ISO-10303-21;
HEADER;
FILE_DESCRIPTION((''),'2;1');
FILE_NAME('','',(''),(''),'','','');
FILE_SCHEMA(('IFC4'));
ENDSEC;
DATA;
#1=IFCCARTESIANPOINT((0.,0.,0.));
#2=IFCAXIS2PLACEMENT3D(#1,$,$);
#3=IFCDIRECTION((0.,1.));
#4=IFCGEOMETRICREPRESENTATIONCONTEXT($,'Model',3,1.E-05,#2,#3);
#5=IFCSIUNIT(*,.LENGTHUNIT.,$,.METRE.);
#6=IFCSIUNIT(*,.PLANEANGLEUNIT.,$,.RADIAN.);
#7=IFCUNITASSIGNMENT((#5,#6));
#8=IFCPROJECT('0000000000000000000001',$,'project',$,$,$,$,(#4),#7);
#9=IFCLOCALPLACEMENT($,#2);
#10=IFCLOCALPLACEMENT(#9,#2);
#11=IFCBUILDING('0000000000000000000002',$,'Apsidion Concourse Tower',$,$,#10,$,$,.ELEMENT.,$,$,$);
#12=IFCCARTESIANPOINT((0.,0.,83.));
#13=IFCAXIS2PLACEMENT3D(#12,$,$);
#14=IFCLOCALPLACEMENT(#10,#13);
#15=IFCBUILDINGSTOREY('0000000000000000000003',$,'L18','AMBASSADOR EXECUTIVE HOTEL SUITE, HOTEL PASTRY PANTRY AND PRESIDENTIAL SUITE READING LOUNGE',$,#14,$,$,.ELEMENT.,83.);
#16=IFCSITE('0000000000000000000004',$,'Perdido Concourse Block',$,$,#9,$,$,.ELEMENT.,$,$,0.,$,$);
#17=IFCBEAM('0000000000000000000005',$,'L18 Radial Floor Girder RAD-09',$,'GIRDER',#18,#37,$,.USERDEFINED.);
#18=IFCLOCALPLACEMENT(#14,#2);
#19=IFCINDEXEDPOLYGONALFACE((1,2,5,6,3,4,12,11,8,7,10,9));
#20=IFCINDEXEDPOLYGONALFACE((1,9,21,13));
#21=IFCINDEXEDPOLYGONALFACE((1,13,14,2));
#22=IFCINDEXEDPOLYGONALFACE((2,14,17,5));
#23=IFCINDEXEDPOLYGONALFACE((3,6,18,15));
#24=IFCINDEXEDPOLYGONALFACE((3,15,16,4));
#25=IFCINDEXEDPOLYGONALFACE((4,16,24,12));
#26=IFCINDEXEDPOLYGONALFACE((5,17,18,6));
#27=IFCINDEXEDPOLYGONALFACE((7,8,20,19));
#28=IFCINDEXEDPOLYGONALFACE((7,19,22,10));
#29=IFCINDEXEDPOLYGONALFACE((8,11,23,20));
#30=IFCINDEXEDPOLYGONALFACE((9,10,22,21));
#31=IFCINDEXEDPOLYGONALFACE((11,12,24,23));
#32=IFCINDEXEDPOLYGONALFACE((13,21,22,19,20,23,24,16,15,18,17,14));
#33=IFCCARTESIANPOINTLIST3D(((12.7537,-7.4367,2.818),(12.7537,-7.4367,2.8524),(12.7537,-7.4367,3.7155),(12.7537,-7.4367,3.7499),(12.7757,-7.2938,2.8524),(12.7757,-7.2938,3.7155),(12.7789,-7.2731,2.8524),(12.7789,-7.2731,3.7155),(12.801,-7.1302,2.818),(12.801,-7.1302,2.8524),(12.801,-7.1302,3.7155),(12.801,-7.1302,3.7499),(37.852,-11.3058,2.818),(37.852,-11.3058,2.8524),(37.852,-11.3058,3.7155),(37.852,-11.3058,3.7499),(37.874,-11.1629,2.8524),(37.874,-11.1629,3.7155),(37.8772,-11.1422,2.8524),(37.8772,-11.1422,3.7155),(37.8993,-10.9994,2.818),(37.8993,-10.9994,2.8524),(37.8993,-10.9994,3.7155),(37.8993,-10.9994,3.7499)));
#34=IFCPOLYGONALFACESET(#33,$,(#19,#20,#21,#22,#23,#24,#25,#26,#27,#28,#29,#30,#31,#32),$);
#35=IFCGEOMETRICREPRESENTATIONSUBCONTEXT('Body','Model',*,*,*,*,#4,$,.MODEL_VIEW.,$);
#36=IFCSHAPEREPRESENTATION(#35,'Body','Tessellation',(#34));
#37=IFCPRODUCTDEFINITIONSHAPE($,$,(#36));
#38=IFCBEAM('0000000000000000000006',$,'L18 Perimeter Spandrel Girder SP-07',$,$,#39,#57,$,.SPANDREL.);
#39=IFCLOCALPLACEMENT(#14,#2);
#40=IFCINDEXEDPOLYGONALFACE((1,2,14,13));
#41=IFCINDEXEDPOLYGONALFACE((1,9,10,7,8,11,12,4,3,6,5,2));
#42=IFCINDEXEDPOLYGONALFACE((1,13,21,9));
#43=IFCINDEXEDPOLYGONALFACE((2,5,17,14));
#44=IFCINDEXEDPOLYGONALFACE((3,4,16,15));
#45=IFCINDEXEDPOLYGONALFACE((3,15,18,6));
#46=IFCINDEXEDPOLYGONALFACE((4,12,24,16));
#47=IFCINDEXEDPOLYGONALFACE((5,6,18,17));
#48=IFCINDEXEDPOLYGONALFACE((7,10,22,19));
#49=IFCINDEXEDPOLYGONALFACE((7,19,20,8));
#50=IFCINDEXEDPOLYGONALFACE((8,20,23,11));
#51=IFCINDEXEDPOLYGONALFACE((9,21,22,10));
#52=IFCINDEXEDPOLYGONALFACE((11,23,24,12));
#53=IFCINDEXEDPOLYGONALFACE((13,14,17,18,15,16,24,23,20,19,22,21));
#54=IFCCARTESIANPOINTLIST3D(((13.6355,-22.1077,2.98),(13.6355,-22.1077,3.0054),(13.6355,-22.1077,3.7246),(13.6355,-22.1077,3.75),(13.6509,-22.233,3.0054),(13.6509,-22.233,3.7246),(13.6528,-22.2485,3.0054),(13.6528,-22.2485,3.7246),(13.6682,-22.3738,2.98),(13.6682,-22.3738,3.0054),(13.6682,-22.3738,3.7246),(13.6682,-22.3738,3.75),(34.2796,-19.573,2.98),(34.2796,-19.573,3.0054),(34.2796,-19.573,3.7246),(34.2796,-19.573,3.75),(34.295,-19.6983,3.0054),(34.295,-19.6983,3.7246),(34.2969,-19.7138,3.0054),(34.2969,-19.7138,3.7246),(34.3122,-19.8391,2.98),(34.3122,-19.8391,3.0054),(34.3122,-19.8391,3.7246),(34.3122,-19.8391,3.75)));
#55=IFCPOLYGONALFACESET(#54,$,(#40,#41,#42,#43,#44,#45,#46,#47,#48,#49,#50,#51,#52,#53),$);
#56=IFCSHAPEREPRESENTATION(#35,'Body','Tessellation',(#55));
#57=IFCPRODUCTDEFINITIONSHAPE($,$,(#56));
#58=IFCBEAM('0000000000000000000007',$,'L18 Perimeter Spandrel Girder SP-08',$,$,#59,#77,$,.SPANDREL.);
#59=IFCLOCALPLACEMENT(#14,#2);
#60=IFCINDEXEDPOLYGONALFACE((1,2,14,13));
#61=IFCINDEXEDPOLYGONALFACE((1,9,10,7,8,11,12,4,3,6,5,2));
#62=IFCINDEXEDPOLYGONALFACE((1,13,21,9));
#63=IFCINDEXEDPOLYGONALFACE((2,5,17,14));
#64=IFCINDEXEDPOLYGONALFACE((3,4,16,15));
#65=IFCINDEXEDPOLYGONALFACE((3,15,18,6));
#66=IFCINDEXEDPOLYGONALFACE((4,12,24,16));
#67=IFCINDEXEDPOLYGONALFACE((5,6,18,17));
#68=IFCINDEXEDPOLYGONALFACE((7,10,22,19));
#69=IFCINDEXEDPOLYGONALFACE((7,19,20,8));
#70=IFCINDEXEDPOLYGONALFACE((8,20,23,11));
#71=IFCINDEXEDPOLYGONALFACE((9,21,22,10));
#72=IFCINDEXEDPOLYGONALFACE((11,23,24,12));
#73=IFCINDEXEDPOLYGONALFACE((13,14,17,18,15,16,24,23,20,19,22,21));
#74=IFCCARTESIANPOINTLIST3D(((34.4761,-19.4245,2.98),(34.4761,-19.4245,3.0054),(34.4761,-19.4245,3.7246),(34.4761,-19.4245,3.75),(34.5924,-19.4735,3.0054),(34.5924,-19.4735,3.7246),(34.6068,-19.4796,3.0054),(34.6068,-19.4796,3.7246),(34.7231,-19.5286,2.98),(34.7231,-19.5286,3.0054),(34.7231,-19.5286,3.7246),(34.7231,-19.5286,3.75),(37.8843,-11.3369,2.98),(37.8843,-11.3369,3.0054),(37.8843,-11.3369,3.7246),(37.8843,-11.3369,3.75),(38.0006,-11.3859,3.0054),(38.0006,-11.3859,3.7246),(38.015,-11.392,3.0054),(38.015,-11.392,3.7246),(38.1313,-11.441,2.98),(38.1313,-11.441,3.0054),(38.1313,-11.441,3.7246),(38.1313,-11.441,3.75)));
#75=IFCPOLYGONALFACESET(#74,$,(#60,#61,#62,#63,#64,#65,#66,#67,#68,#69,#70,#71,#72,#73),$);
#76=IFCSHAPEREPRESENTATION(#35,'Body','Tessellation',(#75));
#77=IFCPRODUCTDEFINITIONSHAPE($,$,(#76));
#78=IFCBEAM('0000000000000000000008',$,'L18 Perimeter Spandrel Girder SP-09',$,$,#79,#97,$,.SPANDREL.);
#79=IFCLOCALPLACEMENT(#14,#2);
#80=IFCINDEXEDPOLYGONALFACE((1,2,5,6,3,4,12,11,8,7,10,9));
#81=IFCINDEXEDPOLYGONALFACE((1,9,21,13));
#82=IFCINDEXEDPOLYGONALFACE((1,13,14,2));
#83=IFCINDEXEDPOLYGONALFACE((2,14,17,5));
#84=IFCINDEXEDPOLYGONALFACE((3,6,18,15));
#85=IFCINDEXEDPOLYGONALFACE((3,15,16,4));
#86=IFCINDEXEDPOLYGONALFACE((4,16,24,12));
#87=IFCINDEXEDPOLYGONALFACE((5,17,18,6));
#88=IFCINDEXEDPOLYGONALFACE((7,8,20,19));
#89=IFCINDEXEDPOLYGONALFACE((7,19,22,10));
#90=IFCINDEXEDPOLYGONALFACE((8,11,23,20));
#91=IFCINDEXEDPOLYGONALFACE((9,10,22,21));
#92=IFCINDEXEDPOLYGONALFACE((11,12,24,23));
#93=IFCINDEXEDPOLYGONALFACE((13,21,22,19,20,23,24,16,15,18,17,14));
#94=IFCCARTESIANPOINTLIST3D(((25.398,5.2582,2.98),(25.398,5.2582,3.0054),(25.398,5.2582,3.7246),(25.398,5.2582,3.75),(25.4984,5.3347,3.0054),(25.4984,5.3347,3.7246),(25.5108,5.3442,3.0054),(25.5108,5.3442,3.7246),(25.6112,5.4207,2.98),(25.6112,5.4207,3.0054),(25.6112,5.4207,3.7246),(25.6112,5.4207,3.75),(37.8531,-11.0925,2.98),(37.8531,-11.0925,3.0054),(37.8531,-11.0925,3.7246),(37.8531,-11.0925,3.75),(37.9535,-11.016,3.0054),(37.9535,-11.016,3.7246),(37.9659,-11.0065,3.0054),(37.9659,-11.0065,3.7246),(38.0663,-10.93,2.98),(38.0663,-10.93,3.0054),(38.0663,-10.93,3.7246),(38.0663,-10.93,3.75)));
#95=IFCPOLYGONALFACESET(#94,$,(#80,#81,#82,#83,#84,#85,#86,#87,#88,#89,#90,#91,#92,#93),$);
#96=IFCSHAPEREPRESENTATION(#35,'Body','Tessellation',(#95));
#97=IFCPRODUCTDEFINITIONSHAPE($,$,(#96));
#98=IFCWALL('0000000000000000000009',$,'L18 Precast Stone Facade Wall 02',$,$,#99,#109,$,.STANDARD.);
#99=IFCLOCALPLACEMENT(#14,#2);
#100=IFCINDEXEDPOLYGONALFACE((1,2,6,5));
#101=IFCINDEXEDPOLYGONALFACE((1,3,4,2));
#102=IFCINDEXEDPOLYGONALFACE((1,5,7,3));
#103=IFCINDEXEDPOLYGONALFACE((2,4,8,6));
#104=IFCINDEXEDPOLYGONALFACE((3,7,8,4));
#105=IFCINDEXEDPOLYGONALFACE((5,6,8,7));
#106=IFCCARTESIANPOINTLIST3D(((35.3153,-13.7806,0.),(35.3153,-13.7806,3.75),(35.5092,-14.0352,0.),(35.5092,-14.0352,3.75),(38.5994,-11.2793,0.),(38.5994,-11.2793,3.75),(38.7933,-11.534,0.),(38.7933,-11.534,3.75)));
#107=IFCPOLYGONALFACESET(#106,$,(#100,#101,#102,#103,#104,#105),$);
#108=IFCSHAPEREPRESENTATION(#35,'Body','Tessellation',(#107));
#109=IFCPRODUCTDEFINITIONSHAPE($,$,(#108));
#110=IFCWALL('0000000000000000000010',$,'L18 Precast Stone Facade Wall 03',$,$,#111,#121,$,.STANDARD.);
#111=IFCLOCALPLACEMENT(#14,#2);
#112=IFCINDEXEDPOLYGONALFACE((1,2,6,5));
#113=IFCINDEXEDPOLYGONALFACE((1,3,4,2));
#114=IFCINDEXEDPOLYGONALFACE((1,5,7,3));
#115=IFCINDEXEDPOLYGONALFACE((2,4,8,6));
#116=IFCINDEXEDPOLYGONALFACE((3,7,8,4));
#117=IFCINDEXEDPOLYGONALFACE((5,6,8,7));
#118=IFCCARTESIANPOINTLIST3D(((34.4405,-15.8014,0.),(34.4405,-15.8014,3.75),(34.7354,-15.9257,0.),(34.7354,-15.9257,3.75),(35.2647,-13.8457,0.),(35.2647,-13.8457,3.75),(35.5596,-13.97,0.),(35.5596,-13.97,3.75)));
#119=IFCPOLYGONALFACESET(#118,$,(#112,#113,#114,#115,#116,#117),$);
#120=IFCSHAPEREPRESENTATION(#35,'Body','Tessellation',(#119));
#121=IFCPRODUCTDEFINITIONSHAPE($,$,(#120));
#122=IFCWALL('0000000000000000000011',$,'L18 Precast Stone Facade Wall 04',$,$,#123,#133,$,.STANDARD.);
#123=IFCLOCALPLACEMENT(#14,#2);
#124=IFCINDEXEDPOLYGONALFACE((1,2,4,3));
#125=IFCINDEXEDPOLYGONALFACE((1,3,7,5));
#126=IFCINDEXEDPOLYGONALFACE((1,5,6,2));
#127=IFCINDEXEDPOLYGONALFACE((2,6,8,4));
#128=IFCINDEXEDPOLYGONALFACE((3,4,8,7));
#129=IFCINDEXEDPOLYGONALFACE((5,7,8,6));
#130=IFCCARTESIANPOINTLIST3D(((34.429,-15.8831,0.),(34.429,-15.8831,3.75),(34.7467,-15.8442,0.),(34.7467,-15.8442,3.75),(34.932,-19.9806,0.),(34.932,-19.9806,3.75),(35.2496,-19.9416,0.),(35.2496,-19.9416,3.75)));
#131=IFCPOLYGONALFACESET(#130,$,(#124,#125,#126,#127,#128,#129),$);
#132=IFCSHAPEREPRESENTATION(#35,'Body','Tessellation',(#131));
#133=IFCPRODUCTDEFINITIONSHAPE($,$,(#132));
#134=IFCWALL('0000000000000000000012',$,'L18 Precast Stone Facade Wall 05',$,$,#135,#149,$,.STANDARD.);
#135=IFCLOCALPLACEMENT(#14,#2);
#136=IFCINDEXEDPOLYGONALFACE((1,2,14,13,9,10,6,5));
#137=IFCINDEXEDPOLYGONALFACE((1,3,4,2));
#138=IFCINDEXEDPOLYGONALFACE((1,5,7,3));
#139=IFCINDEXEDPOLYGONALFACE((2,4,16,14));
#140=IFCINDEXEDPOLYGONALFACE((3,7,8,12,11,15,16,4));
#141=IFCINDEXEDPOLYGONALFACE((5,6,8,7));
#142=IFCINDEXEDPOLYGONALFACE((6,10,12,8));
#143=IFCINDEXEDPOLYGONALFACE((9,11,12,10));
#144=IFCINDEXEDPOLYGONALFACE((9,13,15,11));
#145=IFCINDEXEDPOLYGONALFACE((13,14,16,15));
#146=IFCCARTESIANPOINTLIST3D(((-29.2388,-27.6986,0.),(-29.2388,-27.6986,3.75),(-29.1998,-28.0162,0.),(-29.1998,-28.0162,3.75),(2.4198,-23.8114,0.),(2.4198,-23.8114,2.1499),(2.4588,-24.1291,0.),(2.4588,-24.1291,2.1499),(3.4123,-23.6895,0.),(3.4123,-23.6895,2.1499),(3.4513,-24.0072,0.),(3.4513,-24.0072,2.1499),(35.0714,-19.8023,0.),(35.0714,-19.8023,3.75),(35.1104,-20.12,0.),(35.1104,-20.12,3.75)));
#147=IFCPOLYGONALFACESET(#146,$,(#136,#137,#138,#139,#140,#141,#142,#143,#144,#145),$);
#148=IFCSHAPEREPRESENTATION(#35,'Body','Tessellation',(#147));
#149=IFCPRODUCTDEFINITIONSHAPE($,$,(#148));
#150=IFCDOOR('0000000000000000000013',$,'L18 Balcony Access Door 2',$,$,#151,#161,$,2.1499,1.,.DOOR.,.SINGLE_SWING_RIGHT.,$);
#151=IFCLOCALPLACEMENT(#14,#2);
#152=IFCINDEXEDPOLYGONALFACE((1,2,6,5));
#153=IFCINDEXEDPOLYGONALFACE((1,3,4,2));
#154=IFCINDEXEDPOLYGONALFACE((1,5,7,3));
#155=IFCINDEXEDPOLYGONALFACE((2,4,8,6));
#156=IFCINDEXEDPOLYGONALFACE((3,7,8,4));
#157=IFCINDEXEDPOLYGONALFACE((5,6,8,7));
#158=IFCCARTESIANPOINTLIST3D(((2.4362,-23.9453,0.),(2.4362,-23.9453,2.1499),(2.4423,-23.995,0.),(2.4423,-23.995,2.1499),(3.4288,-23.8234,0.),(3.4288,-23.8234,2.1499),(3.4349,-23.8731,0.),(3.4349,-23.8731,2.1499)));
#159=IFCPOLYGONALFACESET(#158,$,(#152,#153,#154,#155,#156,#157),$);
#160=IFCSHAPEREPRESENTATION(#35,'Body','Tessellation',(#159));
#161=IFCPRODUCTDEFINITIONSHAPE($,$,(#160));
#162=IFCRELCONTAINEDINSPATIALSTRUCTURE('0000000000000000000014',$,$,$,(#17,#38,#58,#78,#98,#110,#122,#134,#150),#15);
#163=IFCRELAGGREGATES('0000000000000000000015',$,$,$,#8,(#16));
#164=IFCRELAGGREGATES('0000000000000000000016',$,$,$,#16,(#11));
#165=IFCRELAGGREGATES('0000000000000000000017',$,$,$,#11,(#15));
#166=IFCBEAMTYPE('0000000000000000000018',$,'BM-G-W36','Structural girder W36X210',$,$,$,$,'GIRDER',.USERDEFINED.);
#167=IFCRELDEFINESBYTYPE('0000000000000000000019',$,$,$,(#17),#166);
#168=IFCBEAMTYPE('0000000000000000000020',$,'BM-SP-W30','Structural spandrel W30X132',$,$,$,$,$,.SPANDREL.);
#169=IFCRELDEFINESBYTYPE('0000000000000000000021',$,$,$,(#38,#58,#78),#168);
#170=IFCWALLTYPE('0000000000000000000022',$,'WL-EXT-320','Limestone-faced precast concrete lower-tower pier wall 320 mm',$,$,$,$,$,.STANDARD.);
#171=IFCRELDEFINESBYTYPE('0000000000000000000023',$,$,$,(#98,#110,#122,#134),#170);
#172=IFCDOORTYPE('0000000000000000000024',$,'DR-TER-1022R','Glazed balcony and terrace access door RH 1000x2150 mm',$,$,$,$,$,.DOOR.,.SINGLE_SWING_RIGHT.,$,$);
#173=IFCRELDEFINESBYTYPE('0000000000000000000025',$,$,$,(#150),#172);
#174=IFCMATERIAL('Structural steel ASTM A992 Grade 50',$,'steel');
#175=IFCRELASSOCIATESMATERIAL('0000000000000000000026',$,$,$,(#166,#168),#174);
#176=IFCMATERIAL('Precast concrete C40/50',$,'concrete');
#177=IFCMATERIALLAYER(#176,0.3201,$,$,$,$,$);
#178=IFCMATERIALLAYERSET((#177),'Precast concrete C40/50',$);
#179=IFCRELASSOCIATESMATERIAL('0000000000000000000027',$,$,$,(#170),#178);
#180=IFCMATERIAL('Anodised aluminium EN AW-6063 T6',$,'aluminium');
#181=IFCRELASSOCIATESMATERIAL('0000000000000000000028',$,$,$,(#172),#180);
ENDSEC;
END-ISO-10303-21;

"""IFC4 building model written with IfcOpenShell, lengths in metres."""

from ifc_helpers import new_model, si_unit, direction, frame, frame_2d, origin, origin_2d, place, context, subcontext, project, spatial, rectangle, i_section, extrude, material, layer, layer_set, material_profile, profile_set, type_object, element, fill, save


model = new_model("IFC4")

# Units and contexts
model_context = context("Model", 3, precision=1e-05, world=origin(), true_north=direction((0.0, 1.0)))
body_context = subcontext(model_context, "Body", "Model", "MODEL_VIEW")
ifc_project = project(units=[si_unit("LENGTHUNIT", "METRE"), si_unit("PLANEANGLEUNIT", "RADIAN")], contexts=[model_context])

# Site, building, storey
site_placement = place(None, origin())
site = spatial("IfcSite", under=ifc_project, at=site_placement, Name="Perdido Concourse Block", CompositionType="ELEMENT", RefElevation=0.0)
building_placement = place(site_placement, origin())
building = spatial("IfcBuilding", under=site, at=building_placement, Name="Apsidion Concourse Tower", CompositionType="ELEMENT")
storey_placement = place(building_placement, frame((0.0, 0.0, 83.0)))
storey = spatial("IfcBuildingStorey", under=building, at=storey_placement, Name="L18", Description="AMBASSADOR EXECUTIVE HOTEL SUITE, HOTEL PASTRY PANTRY AND PRESIDENTIAL SUITE READING LOUNGE", CompositionType="ELEMENT", Elevation=83.0)

# Beams
ifc_material_1 = material(Name="Structural steel ASTM A992 Grade 50", Category="steel")
ifc_material_profile_1 = material_profile(ifc_material_1, i_section(OverallWidth=0.3101, OverallDepth=0.9319, WebThickness=0.021, FlangeThickness=0.0344, at=origin_2d()), Name="W36X210")
ifc_profile_set_1 = profile_set([ifc_material_profile_1], Name="Structural steel ASTM A992 Grade 50")
beam_type_1 = type_object("IfcBeamType", Name="BM-G-W36", Description="Structural girder W36X210", ElementType="GIRDER", PredefinedType="USERDEFINED", material=ifc_profile_set_1)
beam_1_placement = place(storey_placement, frame((12.7773, -7.2834, 3.2839), z_axis=(0.988325, -0.152359, 0.0), x_axis=(0.152359, 0.988325, 0.0)))
element("IfcBeam", 1, at=beam_1_placement, inside=storey, type_object=beam_type_1, Name="L18 Radial Floor Girder RAD-09", ObjectType="GIRDER", PredefinedType="USERDEFINED", context=body_context, shape_type="SweptSolid", body=[
    extrude(i_section(OverallWidth=0.3101, OverallDepth=0.9319, WebThickness=0.021, FlangeThickness=0.0344, at=origin_2d()), origin(), (0.0, 0.0, 1.0), 25.3948),
])
ifc_material_profile_2 = material_profile(ifc_material_1, i_section(OverallWidth=0.2681, OverallDepth=0.77, WebThickness=0.0156, FlangeThickness=0.0254, at=origin_2d()), Name="W30X132")
ifc_profile_set_2 = profile_set([ifc_material_profile_2], Name="Structural steel ASTM A992 Grade 50")
beam_type_2 = type_object("IfcBeamType", Name="BM-SP-W30", Description="Structural spandrel W30X132", PredefinedType="SPANDREL", material=ifc_profile_set_2)
beam_2_placement = place(storey_placement, frame((13.6519, -22.2407, 3.365), z_axis=(0.992547, 0.121865, 0.0), x_axis=(-0.121865, 0.992547, 0.0)))
element("IfcBeam", 2, at=beam_2_placement, inside=storey, type_object=beam_type_2, Name="L18 Perimeter Spandrel Girder SP-07", PredefinedType="SPANDREL", context=body_context, shape_type="SweptSolid", body=[
    extrude(i_section(OverallWidth=0.2681, OverallDepth=0.77, WebThickness=0.0156, FlangeThickness=0.0254, at=origin_2d()), origin(), (0.0, 0.0, 1.0), 20.7991),
])
beam_3_placement = place(storey_placement, frame((34.5996, -19.4766, 3.365), z_axis=(0.388336, 0.921518, 0.0), x_axis=(-0.921518, 0.388336, 0.0)))
element("IfcBeam", 3, at=beam_3_placement, inside=storey, type_object=beam_type_2, Name="L18 Perimeter Spandrel Girder SP-08", PredefinedType="SPANDREL", context=body_context, shape_type="SweptSolid", body=[
    extrude(i_section(OverallWidth=0.2681, OverallDepth=0.77, WebThickness=0.0156, FlangeThickness=0.0254, at=origin_2d()), origin(), (0.0, 0.0, 1.0), 8.7764),
])
beam_4_placement = place(storey_placement, frame((37.9597, -11.0112, 3.365), z_axis=(-0.605966, 0.795491, 0.0), x_axis=(-0.795491, -0.605966, 0.0)))
element("IfcBeam", 4, at=beam_4_placement, inside=storey, type_object=beam_type_2, Name="L18 Perimeter Spandrel Girder SP-09", PredefinedType="SPANDREL", context=body_context, shape_type="SweptSolid", body=[
    extrude(i_section(OverallWidth=0.2681, OverallDepth=0.77, WebThickness=0.0156, FlangeThickness=0.0254, at=origin_2d()), origin(), (0.0, 0.0, 1.0), 20.5542),
])

# Walls
ifc_material_2 = material(Name="Precast concrete C40/50", Category="concrete")
ifc_layer_1 = layer(ifc_material_2, 0.3201)
ifc_layer_set_1 = layer_set([ifc_layer_1], Name="Precast concrete C40/50")
wall_type_1 = type_object("IfcWallType", Name="WL-EXT-320", Description="Limestone-faced precast concrete lower-tower pier wall 320 mm", PredefinedType="STANDARD", material=ifc_layer_set_1)
wall_1_placement = place(storey_placement, frame((38.6963, -11.4067, 0.0), z_axis=(0.0, 0.0, 1.0), x_axis=(-0.79555, -0.605888, 0.0)))
element("IfcWall", 5, at=wall_1_placement, inside=storey, type_object=wall_type_1, Name="L18 Precast Stone Facade Wall 02", PredefinedType="STANDARD", context=body_context, shape_type="SweptSolid", body=[
    extrude(rectangle(XDim=4.1282, YDim=0.3201, at=frame_2d((2.064, 0.0))), origin(), (0.0, 0.0, 1.0), 3.75),
])
wall_2_placement = place(storey_placement, frame((35.4121, -13.908, 0.0), z_axis=(0.0, 0.0, 1.0), x_axis=(-0.388345, -0.921514, 0.0)))
element("IfcWall", 6, at=wall_2_placement, inside=storey, type_object=wall_type_1, Name="L18 Precast Stone Facade Wall 03", PredefinedType="STANDARD", context=body_context, shape_type="SweptSolid", body=[
    extrude(rectangle(XDim=2.1223, YDim=0.3201, at=frame_2d((1.061, 0.0))), origin(), (0.0, 0.0, 1.0), 3.75),
])
wall_3_placement = place(storey_placement, frame((34.5879, -15.8638, 0.0), z_axis=(0.0, 0.0, 1.0), x_axis=(0.121829, -0.992551, 0.0)))
element("IfcWall", 7, at=wall_3_placement, inside=storey, type_object=wall_type_1, Name="L18 Precast Stone Facade Wall 04", PredefinedType="STANDARD", context=body_context, shape_type="SweptSolid", body=[
    extrude(rectangle(XDim=4.1282, YDim=0.3201, at=frame_2d((2.064, 0.0))), origin(), (0.0, 0.0, 1.0), 3.75),
])

# Wall, opening, door
wall_4_placement = place(storey_placement, frame((35.0908, -19.9612, 0.0), z_axis=(0.0, 0.0, 1.0), x_axis=(-0.992546, -0.121868, 0.0)))
wall_4 = element("IfcWall", 8, at=wall_4_placement, inside=storey, type_object=wall_type_1, Name="L18 Precast Stone Facade Wall 05", PredefinedType="STANDARD", context=body_context, shape_type="SweptSolid", body=[
    extrude(rectangle(XDim=64.7932, YDim=0.3201, at=frame_2d((32.3965, 0.0))), origin(), (0.0, 0.0, 1.0), 3.75),
])
opening_1_placement = place(wall_4_placement, frame((31.8967, 0.0, 0.0)))
opening_1 = element("IfcOpeningElement", 9, at=opening_1_placement, cuts=wall_4, PredefinedType="OPENING", context=body_context, shape_type="SweptSolid", body=[
    extrude(rectangle(XDim=1.0, YDim=2.1499, at=frame_2d((0.5, 1.075))), frame((0.0, 0.1699, 0.0), z_axis=(0.0, -1.0, 0.0), x_axis=(1.0, 0.0, 0.0)), (0.0, 0.0, 1.0), 0.3401),
])
ifc_material_3 = material(Name="Anodised aluminium EN AW-6063 T6", Category="aluminium")
door_type_1 = type_object("IfcDoorType", Name="DR-TER-1022R", Description="Glazed balcony and terrace access door RH 1000x2150 mm", OperationType="SINGLE_SWING_RIGHT", PredefinedType="DOOR", material=ifc_material_3)
door_1_placement = place(opening_1_placement, origin())
door_1 = element("IfcDoor", 10, at=door_1_placement, inside=storey, type_object=door_type_1, Name="L18 Balcony Access Door 2", OperationType="SINGLE_SWING_RIGHT", OverallHeight=2.1499, OverallWidth=1.0, PredefinedType="DOOR", context=body_context, shape_type="SweptSolid", body=[
    extrude(rectangle(XDim=1.0, YDim=2.1499, at=frame_2d((0.5, 1.075))), frame((0.0, 0.0249, 0.0), z_axis=(0.0, -1.0, 0.0), x_axis=(1.0, 0.0, 0.0)), (0.0, 0.0, 1.0), 0.05),
])
fill(opening_1, door_1)

save(model, "model.ifc")
